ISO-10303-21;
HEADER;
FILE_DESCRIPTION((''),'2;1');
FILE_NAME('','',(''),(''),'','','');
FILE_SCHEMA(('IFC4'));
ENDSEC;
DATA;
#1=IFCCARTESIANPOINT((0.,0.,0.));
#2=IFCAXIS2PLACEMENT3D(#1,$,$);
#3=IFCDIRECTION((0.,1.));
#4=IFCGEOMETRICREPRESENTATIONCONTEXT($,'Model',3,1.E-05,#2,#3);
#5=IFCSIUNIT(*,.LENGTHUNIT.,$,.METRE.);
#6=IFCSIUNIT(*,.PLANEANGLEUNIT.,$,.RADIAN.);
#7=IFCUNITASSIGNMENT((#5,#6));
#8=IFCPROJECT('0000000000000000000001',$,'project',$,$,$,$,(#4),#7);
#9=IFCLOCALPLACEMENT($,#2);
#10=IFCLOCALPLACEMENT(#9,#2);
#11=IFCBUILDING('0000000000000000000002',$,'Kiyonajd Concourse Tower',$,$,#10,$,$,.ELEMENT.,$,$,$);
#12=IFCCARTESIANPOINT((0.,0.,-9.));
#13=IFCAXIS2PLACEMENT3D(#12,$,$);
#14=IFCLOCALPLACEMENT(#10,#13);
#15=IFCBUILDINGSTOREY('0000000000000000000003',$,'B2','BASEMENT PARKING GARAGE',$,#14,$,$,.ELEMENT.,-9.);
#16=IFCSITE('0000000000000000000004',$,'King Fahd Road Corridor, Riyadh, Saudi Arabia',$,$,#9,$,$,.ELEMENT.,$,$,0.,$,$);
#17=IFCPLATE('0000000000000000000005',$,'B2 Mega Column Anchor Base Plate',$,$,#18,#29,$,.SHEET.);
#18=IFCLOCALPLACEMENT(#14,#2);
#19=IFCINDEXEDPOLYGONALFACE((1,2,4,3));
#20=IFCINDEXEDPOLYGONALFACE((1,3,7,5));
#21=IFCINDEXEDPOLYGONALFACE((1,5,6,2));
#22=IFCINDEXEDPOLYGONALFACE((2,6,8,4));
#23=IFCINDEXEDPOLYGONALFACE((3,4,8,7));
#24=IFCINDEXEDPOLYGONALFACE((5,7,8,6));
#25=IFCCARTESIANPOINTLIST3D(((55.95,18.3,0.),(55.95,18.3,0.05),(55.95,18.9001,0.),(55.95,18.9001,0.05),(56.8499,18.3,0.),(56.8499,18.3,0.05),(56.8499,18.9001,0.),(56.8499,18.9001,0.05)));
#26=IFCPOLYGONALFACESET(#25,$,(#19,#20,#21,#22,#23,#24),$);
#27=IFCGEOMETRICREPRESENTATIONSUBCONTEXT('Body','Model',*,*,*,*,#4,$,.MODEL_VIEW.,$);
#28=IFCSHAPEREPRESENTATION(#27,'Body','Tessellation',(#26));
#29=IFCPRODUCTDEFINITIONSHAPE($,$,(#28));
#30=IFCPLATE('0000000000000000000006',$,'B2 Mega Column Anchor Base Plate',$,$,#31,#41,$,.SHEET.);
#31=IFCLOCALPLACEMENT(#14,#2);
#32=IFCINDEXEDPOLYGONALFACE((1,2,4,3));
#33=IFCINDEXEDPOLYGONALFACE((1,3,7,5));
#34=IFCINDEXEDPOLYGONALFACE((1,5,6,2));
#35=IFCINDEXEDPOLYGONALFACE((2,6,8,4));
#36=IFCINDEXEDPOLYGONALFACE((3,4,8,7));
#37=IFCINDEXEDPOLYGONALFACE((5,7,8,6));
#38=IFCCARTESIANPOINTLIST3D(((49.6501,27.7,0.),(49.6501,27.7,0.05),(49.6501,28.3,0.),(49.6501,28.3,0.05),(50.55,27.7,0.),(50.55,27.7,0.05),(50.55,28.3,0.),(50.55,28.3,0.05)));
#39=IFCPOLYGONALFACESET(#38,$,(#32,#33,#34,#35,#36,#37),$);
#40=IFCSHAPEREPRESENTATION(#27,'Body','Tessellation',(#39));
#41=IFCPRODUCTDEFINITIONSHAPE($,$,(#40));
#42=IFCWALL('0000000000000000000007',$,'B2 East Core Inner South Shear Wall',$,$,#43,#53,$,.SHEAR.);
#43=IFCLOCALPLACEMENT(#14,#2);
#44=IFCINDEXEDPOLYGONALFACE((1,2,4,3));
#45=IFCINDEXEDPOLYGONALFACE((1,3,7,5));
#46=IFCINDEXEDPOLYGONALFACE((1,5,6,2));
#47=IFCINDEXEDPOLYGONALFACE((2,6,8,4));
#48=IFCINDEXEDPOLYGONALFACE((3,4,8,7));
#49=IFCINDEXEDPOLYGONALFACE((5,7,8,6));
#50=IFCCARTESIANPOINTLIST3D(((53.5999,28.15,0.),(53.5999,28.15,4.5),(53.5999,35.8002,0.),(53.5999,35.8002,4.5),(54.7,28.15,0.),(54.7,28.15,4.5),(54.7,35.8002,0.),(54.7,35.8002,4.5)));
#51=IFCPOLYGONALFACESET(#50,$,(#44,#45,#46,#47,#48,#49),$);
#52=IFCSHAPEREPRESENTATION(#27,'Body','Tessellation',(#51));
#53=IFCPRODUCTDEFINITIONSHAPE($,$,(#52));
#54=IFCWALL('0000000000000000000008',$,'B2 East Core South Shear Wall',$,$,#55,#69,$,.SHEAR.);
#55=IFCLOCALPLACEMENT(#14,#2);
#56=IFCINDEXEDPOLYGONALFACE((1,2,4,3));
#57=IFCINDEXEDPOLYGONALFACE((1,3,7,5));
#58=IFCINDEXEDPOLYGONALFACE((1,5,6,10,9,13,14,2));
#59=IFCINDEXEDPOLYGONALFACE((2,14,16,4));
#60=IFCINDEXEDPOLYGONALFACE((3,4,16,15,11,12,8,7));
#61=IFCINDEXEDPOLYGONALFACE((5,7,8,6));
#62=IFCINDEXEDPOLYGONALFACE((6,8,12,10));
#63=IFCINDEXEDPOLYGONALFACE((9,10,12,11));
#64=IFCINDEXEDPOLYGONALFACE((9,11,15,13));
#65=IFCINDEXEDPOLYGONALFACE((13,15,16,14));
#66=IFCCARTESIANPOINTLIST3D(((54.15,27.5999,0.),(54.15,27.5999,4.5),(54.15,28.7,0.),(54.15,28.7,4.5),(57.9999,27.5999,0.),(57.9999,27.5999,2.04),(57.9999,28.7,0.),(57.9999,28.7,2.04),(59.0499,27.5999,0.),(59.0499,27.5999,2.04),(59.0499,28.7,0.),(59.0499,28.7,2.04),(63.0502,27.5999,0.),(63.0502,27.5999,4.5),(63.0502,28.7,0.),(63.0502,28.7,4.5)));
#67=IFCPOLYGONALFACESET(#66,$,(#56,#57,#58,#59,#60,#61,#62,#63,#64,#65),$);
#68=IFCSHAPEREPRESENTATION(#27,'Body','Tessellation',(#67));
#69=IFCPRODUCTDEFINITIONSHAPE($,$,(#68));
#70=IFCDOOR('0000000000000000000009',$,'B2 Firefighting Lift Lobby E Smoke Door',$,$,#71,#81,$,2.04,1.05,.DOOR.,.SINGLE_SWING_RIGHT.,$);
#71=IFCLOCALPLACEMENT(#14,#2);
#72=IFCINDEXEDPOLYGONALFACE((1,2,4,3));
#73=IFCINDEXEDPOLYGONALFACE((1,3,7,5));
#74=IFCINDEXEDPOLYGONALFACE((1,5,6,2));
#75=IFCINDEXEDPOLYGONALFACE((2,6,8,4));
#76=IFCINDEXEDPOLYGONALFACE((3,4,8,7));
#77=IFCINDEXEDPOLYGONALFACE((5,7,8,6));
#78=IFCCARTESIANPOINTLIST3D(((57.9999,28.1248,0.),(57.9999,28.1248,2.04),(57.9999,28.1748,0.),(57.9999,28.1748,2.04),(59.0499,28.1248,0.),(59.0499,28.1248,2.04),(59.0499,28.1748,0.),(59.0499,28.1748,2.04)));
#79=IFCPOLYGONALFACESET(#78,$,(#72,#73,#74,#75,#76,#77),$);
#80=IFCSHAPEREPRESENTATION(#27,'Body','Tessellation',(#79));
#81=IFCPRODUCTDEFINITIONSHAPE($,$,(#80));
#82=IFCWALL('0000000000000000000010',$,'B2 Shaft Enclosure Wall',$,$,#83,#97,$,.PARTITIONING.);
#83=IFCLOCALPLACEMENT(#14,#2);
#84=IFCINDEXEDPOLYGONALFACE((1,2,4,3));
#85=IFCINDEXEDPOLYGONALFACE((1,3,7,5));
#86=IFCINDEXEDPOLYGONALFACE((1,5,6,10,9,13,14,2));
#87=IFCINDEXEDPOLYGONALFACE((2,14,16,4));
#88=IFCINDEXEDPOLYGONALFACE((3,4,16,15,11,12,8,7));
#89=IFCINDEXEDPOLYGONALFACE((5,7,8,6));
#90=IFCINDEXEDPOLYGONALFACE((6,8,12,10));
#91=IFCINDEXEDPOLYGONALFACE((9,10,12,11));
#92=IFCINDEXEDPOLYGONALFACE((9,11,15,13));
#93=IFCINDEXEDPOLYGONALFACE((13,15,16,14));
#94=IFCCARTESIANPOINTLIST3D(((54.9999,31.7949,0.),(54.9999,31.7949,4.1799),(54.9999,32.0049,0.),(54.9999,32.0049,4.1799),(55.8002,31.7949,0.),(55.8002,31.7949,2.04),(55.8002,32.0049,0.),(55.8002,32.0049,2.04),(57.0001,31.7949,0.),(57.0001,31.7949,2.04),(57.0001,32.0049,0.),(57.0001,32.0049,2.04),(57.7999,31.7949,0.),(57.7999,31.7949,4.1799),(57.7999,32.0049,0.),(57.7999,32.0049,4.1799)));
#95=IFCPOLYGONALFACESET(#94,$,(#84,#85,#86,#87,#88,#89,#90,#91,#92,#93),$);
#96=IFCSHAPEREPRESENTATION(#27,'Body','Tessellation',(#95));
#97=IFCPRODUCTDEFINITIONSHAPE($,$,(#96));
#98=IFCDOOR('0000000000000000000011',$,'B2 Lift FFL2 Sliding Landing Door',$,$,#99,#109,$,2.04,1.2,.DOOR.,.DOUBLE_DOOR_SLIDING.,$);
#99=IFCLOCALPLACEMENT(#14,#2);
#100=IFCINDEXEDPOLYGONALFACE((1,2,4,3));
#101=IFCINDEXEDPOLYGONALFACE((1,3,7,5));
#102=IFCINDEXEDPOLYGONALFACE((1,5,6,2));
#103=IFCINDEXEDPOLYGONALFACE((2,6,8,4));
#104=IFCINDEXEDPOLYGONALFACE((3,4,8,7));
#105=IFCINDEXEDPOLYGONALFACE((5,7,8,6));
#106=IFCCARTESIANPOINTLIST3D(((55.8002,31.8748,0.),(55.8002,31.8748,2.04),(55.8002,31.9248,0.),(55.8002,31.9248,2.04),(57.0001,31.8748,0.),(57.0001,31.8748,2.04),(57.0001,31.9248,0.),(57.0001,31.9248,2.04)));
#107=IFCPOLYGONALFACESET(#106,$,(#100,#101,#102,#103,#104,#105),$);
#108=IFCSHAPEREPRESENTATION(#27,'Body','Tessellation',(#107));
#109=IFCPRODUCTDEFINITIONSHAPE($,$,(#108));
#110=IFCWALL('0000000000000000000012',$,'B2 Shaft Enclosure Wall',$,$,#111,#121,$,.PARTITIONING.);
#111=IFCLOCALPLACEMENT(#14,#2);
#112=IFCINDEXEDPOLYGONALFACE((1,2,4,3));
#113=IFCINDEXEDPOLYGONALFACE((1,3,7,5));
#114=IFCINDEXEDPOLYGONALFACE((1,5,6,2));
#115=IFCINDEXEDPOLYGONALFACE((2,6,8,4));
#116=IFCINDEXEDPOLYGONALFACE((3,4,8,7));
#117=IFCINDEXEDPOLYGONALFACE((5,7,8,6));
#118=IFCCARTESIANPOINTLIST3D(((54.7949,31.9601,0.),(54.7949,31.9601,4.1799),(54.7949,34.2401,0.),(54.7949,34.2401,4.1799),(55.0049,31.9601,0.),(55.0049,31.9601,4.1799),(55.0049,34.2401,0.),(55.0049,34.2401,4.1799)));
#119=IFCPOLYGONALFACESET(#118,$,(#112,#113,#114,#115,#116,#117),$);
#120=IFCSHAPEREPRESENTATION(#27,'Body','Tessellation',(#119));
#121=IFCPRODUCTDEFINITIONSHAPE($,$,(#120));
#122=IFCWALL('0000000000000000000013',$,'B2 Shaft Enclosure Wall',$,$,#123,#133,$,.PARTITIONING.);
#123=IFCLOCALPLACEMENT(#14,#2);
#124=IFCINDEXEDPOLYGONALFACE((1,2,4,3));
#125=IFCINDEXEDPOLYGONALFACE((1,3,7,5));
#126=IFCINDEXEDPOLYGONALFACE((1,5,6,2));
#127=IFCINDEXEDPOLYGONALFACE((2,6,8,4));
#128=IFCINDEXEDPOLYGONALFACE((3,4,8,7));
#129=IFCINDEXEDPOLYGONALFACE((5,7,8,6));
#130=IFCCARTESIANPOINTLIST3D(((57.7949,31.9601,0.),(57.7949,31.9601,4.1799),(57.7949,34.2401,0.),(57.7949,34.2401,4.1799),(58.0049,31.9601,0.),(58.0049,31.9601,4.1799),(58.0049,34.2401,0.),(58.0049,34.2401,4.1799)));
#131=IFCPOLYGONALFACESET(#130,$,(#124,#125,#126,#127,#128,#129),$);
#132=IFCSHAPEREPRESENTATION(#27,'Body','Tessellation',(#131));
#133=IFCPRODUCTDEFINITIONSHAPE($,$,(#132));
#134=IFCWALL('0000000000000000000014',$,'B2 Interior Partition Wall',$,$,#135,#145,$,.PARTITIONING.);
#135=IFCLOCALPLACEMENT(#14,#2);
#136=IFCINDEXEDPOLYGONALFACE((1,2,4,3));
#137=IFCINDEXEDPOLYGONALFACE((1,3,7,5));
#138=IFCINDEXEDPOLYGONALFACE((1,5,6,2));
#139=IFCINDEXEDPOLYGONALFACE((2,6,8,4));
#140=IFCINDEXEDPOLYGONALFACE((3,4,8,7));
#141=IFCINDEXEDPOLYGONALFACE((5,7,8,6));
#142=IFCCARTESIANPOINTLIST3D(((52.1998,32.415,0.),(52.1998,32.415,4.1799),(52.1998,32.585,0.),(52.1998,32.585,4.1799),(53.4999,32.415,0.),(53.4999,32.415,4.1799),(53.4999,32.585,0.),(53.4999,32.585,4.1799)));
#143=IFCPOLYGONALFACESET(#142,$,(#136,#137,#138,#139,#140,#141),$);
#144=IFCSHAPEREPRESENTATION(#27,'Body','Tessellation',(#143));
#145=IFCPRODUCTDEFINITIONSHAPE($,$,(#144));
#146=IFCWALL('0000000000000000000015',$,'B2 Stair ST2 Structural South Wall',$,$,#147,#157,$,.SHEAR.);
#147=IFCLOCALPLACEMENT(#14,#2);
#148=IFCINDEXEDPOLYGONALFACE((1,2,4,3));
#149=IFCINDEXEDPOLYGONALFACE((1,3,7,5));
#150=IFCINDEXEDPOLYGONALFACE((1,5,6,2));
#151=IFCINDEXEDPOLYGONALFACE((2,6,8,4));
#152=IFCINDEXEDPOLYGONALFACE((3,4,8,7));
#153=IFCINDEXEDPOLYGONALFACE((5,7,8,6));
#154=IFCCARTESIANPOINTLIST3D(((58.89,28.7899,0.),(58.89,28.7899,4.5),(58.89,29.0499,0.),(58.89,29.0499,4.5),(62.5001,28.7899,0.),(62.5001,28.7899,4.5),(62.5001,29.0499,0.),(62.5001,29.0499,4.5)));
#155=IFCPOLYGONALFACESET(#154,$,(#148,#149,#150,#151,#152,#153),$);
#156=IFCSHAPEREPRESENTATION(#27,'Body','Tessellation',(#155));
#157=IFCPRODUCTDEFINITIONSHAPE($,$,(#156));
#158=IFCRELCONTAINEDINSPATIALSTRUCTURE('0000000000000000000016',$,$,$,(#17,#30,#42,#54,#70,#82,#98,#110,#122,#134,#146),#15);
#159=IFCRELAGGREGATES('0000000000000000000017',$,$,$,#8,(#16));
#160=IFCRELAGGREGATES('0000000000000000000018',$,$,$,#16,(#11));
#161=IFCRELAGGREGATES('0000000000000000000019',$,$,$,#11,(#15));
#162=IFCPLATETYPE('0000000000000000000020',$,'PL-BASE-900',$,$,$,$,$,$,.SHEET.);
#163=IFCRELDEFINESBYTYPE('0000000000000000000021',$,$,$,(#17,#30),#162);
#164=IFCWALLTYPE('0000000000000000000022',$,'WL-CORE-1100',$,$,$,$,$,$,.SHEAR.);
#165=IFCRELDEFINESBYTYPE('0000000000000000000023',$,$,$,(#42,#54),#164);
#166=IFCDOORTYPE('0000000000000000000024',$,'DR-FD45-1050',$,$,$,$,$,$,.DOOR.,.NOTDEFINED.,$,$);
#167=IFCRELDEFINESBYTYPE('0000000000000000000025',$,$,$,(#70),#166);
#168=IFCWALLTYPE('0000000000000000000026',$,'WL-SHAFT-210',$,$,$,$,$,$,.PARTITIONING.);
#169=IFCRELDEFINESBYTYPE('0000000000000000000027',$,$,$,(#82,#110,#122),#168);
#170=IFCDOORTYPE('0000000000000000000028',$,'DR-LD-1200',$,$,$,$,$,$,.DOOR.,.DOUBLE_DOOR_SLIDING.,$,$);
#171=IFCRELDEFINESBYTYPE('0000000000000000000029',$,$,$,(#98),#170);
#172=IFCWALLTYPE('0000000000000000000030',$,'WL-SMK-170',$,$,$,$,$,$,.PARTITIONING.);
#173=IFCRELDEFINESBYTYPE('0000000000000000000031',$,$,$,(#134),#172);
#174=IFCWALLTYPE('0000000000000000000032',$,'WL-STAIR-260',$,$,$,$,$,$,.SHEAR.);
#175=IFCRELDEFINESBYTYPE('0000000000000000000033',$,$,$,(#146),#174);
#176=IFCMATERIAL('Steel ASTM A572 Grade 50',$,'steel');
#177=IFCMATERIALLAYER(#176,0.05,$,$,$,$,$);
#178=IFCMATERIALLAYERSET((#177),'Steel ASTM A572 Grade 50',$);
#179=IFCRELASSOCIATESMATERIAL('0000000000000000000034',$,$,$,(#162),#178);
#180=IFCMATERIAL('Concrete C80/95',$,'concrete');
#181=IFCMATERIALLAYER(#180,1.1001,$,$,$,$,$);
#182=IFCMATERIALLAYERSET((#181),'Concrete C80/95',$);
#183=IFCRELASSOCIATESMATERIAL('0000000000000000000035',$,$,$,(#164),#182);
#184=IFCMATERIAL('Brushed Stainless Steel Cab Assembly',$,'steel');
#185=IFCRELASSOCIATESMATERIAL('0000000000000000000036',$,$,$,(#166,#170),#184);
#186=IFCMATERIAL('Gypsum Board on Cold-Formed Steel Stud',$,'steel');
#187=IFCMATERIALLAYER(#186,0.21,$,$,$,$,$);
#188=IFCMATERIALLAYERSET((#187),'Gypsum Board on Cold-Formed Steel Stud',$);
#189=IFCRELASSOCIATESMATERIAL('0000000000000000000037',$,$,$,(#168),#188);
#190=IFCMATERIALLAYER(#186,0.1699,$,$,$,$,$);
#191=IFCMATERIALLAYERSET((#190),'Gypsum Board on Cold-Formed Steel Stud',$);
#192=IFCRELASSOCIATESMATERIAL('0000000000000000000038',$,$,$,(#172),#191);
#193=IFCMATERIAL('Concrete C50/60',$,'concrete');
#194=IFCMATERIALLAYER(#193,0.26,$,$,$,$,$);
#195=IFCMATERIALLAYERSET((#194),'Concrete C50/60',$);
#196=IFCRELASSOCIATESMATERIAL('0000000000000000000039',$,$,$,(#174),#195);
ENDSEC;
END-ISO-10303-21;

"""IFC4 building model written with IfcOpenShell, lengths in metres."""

from ifc_helpers import new_model, si_unit, direction, frame, frame_2d, origin, origin_2d, place, context, subcontext, project, spatial, rectangle, extrude, material, layer, layer_set, type_object, element, fill, save


model = new_model("IFC4")

# Units and contexts
model_context = context("Model", 3, precision=1e-05, world=origin(), true_north=direction((0.0, 1.0)))
body_context = subcontext(model_context, "Body", "Model", "MODEL_VIEW")
ifc_project = project(units=[si_unit("LENGTHUNIT", "METRE"), si_unit("PLANEANGLEUNIT", "RADIAN")], contexts=[model_context])

# Site, building, storey
site_placement = place(None, origin())
site = spatial("IfcSite", under=ifc_project, at=site_placement, Name="King Fahd Road Corridor, Riyadh, Saudi Arabia", CompositionType="ELEMENT", RefElevation=0.0)
building_placement = place(site_placement, origin())
building = spatial("IfcBuilding", under=site, at=building_placement, Name="Kiyonajd Concourse Tower", CompositionType="ELEMENT")
storey_placement = place(building_placement, frame((0.0, 0.0, -9.0)))
storey = spatial("IfcBuildingStorey", under=building, at=storey_placement, Name="B2", Description="BASEMENT PARKING GARAGE", CompositionType="ELEMENT", Elevation=-9.0)

# Shared definitions
ifc_material_1 = material(Name="Concrete C50/60", Category="concrete")

# Shared definitions
ifc_material_2 = material(Name="Concrete C80/95", Category="concrete")
ifc_material_3 = material(Name="Steel ASTM A572 Grade 50", Category="steel")

# Plates
ifc_layer_1 = layer(ifc_material_3, 0.05)
ifc_layer_set_1 = layer_set([ifc_layer_1], Name="Steel ASTM A572 Grade 50")
plate_type = type_object("IfcPlateType", Name="PL-BASE-900", PredefinedType="SHEET", material=ifc_layer_set_1)
for number, where, z_axis, x_axis, name in (
    (1, (56.3999, 18.6001, 0.0), (0.0, 0.0, 1.0), (1.0, 0.0, 0.0), "B2 Mega Column Anchor Base Plate"),
    (2, (50.1001, 28.0, 0.0), (0.0, 0.0, 1.0), (1.0, 0.0, 0.0), "B2 Mega Column Anchor Base Plate"),
):
    element("IfcPlate", number, at=place(storey_placement, frame(where, z_axis=z_axis, x_axis=x_axis)), inside=storey, type_object=plate_type, Name=name, PredefinedType="SHEET", context=body_context, shape_type="SweptSolid", body=[
        extrude(rectangle(XDim=0.8999, YDim=0.6001, at=origin_2d()), origin(), (0.0, 0.0, 1.0), 0.05),
    ])

# Wall
ifc_layer_2 = layer(ifc_material_2, 1.1001)
ifc_layer_set_2 = layer_set([ifc_layer_2], Name="Concrete C80/95")
wall_type_1 = type_object("IfcWallType", Name="WL-CORE-1100", PredefinedType="SHEAR", material=ifc_layer_set_2)
wall_1_placement = place(storey_placement, frame((54.1499, 28.1499, 0.0), z_axis=(0.0, 0.0, 1.0), x_axis=(0.0, 1.0, 0.0)))
element("IfcWall", 3, at=wall_1_placement, inside=storey, type_object=wall_type_1, Name="B2 East Core Inner South Shear Wall", PredefinedType="SHEAR", context=body_context, shape_type="SweptSolid", body=[
    extrude(rectangle(XDim=7.6501, YDim=1.1001, at=frame_2d((3.8252, 0.0))), origin(), (0.0, 0.0, 1.0), 4.5),
])

# Walls, openings, doors
wall_2_placement = place(storey_placement, frame((54.1499, 28.1499, 0.0), z_axis=(0.0, 0.0, 1.0), x_axis=(1.0, 0.0, 0.0)))
wall_2 = element("IfcWall", 4, at=wall_2_placement, inside=storey, type_object=wall_type_1, Name="B2 East Core South Shear Wall", PredefinedType="SHEAR", context=body_context, shape_type="SweptSolid", body=[
    extrude(rectangle(XDim=8.9001, YDim=1.1001, at=frame_2d((4.4502, 0.0))), origin(), (0.0, 0.0, 1.0), 4.5),
])
opening_1_placement = place(wall_2_placement, frame((3.8501, 0.0, 0.0)))
opening_1 = element("IfcOpeningElement", 5, at=opening_1_placement, cuts=wall_2, PredefinedType="OPENING", context=body_context, shape_type="SweptSolid", body=[
    extrude(rectangle(XDim=1.05, YDim=2.04, at=frame_2d((0.5249, 1.02))), frame((0.0, 0.5601, 0.0), z_axis=(0.0, -1.0, 0.0), x_axis=(1.0, 0.0, 0.0)), (0.0, 0.0, 1.0), 1.1201),
])
ifc_material_4 = material(Name="Brushed Stainless Steel Cab Assembly", Category="steel")
door_type_1 = type_object("IfcDoorType", Name="DR-FD45-1050", OperationType="NOTDEFINED", PredefinedType="DOOR", material=ifc_material_4)
door_1_placement = place(opening_1_placement, origin())
door_1 = element("IfcDoor", 6, at=door_1_placement, inside=storey, type_object=door_type_1, Name="B2 Firefighting Lift Lobby E Smoke Door", OperationType="SINGLE_SWING_RIGHT", OverallHeight=2.04, OverallWidth=1.05, PredefinedType="DOOR", context=body_context, shape_type="SweptSolid", body=[
    extrude(rectangle(XDim=1.05, YDim=2.04, at=frame_2d((0.5249, 1.02))), frame((0.0, 0.0249, 0.0), z_axis=(0.0, -1.0, 0.0), x_axis=(1.0, 0.0, 0.0)), (0.0, 0.0, 1.0), 0.05),
])
fill(opening_1, door_1)
ifc_material_5 = material(Name="Gypsum Board on Cold-Formed Steel Stud", Category="steel")
ifc_layer_3 = layer(ifc_material_5, 0.21)
ifc_layer_set_3 = layer_set([ifc_layer_3], Name="Gypsum Board on Cold-Formed Steel Stud")
wall_type_2 = type_object("IfcWallType", Name="WL-SHAFT-210", PredefinedType="PARTITIONING", material=ifc_layer_set_3)
wall_3_placement = place(storey_placement, frame((55.0, 31.8999, 0.0), z_axis=(0.0, 0.0, 1.0), x_axis=(1.0, 0.0, 0.0)))
wall_3 = element("IfcWall", 7, at=wall_3_placement, inside=storey, type_object=wall_type_2, Name="B2 Shaft Enclosure Wall", PredefinedType="PARTITIONING", context=body_context, shape_type="SweptSolid", body=[
    extrude(rectangle(XDim=2.8, YDim=0.21, at=frame_2d((1.3999, 0.0))), origin(), (0.0, 0.0, 1.0), 4.1799),
])
opening_2_placement = place(wall_3_placement, frame((0.8, 0.0, 0.0)))
opening_2 = element("IfcOpeningElement", 8, at=opening_2_placement, cuts=wall_3, PredefinedType="OPENING", context=body_context, shape_type="SweptSolid", body=[
    extrude(rectangle(XDim=1.2, YDim=2.04, at=frame_2d((0.6001, 1.02))), frame((0.0, 0.115, 0.0), z_axis=(0.0, -1.0, 0.0), x_axis=(1.0, 0.0, 0.0)), (0.0, 0.0, 1.0), 0.23),
])
door_type_2 = type_object("IfcDoorType", Name="DR-LD-1200", OperationType="DOUBLE_DOOR_SLIDING", PredefinedType="DOOR", material=ifc_material_4)
door_2_placement = place(opening_2_placement, origin())
door_2 = element("IfcDoor", 9, at=door_2_placement, inside=storey, type_object=door_type_2, Name="B2 Lift FFL2 Sliding Landing Door", OperationType="DOUBLE_DOOR_SLIDING", OverallHeight=2.04, OverallWidth=1.2, PredefinedType="DOOR", context=body_context, shape_type="SweptSolid", body=[
    extrude(rectangle(XDim=1.2, YDim=2.04, at=frame_2d((0.6001, 1.02))), frame((0.0, 0.0249, 0.0), z_axis=(0.0, -1.0, 0.0), x_axis=(1.0, 0.0, 0.0)), (0.0, 0.0, 1.0), 0.05),
])
fill(opening_2, door_2)

# Walls
for number, where, z_axis, x_axis, name in (
    (10, (54.8999, 31.96, 0.0), (0.0, 0.0, 1.0), (0.0, 1.0, 0.0), "B2 Shaft Enclosure Wall"),
    (11, (57.8999, 31.96, 0.0), (0.0, 0.0, 1.0), (0.0, 1.0, 0.0), "B2 Shaft Enclosure Wall"),
):
    element("IfcWall", number, at=place(storey_placement, frame(where, z_axis=z_axis, x_axis=x_axis)), inside=storey, type_object=wall_type_2, Name=name, PredefinedType="PARTITIONING", context=body_context, shape_type="SweptSolid", body=[
        extrude(rectangle(XDim=2.28, YDim=0.21, at=frame_2d((1.1401, 0.0))), origin(), (0.0, 0.0, 1.0), 4.1799),
    ])
ifc_layer_4 = layer(ifc_material_5, 0.1699)
ifc_layer_set_4 = layer_set([ifc_layer_4], Name="Gypsum Board on Cold-Formed Steel Stud")
wall_type_3 = type_object("IfcWallType", Name="WL-SMK-170", PredefinedType="PARTITIONING", material=ifc_layer_set_4)
wall_4_placement = place(storey_placement, frame((52.2, 32.5, 0.0), z_axis=(0.0, 0.0, 1.0), x_axis=(1.0, 0.0, 0.0)))
element("IfcWall", 12, at=wall_4_placement, inside=storey, type_object=wall_type_3, Name="B2 Interior Partition Wall", PredefinedType="PARTITIONING", context=body_context, shape_type="SweptSolid", body=[
    extrude(rectangle(XDim=1.3, YDim=0.1699, at=frame_2d((0.6499, 0.0))), origin(), (0.0, 0.0, 1.0), 4.1799),
])
ifc_layer_5 = layer(ifc_material_1, 0.26)
ifc_layer_set_5 = layer_set([ifc_layer_5], Name="Concrete C50/60")
wall_type_4 = type_object("IfcWallType", Name="WL-STAIR-260", PredefinedType="SHEAR", material=ifc_layer_set_5)
wall_5_placement = place(storey_placement, frame((58.8899, 28.9199, 0.0), z_axis=(0.0, 0.0, 1.0), x_axis=(1.0, 0.0, 0.0)))
element("IfcWall", 13, at=wall_5_placement, inside=storey, type_object=wall_type_4, Name="B2 Stair ST2 Structural South Wall", PredefinedType="SHEAR", context=body_context, shape_type="SweptSolid", body=[
    extrude(rectangle(XDim=3.6101, YDim=0.26, at=frame_2d((1.8052, 0.0))), origin(), (0.0, 0.0, 1.0), 4.5),
])

save(model, "model.ifc")
